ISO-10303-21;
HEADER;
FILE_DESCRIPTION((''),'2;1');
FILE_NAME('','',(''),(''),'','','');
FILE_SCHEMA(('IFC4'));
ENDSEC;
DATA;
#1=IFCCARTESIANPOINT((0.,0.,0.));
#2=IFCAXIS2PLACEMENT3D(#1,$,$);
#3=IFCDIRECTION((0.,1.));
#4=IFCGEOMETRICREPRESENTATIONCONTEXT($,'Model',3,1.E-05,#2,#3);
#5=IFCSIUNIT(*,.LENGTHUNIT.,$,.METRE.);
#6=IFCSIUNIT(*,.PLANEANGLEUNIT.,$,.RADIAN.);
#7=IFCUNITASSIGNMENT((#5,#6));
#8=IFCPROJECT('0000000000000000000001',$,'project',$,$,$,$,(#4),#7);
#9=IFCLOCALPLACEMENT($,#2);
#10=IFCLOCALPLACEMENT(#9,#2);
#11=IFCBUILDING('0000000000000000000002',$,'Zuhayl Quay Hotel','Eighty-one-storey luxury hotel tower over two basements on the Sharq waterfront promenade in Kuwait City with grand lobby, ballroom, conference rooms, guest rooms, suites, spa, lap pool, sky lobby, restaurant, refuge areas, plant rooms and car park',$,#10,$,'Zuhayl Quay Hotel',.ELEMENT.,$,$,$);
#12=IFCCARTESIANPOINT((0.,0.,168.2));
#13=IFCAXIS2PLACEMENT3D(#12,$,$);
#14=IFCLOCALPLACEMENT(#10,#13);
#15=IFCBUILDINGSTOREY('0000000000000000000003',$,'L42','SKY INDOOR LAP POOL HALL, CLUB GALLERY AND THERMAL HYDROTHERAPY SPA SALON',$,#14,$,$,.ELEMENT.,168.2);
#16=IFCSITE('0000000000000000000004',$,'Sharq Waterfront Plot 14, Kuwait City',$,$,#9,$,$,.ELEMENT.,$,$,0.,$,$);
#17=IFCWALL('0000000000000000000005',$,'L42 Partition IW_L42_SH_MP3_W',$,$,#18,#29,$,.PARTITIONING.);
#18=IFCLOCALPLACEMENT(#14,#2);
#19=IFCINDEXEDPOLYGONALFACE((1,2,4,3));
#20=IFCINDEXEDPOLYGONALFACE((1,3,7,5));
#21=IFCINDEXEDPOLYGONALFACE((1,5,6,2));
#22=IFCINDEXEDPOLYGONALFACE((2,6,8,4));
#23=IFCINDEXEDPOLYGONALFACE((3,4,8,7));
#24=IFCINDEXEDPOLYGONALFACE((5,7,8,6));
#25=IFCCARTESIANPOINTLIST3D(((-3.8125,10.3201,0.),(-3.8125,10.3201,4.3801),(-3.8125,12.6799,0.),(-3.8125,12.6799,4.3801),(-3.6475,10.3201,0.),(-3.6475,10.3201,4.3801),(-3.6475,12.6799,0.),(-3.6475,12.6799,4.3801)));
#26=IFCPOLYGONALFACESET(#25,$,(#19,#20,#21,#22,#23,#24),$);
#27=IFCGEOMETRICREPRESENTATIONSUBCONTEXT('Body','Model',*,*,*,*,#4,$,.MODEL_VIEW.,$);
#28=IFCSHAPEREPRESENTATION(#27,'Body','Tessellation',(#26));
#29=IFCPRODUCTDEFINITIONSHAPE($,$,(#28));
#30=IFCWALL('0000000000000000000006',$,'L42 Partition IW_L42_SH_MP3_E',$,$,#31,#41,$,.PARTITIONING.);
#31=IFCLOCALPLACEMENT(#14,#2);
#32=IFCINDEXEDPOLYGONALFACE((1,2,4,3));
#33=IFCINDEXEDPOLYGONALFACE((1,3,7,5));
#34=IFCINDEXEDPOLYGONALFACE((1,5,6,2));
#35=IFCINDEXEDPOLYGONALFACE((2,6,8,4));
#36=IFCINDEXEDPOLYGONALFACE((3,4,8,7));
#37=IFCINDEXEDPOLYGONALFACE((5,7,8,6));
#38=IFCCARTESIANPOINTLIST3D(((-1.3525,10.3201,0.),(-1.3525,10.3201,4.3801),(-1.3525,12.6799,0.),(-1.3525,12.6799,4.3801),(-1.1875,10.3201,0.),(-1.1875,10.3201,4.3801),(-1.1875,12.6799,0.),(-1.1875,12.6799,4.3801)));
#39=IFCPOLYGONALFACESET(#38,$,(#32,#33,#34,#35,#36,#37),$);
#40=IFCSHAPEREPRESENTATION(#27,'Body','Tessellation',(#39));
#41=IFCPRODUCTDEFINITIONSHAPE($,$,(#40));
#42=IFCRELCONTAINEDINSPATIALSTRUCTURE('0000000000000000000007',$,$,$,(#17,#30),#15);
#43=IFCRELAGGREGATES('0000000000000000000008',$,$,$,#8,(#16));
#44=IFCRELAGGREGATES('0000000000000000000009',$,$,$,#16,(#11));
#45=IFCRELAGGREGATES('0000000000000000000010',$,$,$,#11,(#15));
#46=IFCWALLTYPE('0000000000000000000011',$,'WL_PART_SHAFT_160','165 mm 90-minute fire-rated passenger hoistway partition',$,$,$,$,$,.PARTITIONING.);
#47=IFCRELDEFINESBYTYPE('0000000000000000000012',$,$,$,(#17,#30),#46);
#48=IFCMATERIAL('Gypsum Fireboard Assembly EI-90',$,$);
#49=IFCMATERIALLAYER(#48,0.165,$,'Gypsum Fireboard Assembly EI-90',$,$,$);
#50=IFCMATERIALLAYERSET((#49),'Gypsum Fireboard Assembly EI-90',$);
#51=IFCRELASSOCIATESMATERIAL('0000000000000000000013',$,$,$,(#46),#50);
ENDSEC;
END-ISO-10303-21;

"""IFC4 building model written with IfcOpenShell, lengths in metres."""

from ifc_helpers import new_model, si_unit, direction, frame, frame_2d, origin, place, context, subcontext, project, spatial, rectangle, extrude, material, layer, layer_set, type_object, element, save


model = new_model("IFC4")

# Units and contexts
model_context = context("Model", 3, precision=1e-05, world=origin(), true_north=direction((0.0, 1.0)))
body_context = subcontext(model_context, "Body", "Model", "MODEL_VIEW")
ifc_project = project(units=[si_unit("LENGTHUNIT", "METRE"), si_unit("PLANEANGLEUNIT", "RADIAN")], contexts=[model_context])

# Site, building, storey
site_placement = place(None, origin())
site = spatial("IfcSite", under=ifc_project, at=site_placement, Name="Sharq Waterfront Plot 14, Kuwait City", CompositionType="ELEMENT", RefElevation=0.0)
building_placement = place(site_placement, origin())
building = spatial("IfcBuilding", under=site, at=building_placement, Name="Zuhayl Quay Hotel", Description="Eighty-one-storey luxury hotel tower over two basements on the Sharq waterfront promenade in Kuwait City with grand lobby, ballroom, conference rooms, guest rooms, suites, spa, lap pool, sky lobby, restaurant, refuge areas, plant rooms and car park", LongName="Zuhayl Quay Hotel", CompositionType="ELEMENT")
storey_placement = place(building_placement, frame((0.0, 0.0, 168.2)))
storey = spatial("IfcBuildingStorey", under=building, at=storey_placement, Name="L42", Description="SKY INDOOR LAP POOL HALL, CLUB GALLERY AND THERMAL HYDROTHERAPY SPA SALON", CompositionType="ELEMENT", Elevation=168.2)

# Shared definitions
ifc_material_1 = material(Name="Gypsum Fireboard Assembly EI-90")
ifc_layer_1 = layer(ifc_material_1, 0.165, Name="Gypsum Fireboard Assembly EI-90")
ifc_layer_set_1 = layer_set([ifc_layer_1], Name="Gypsum Fireboard Assembly EI-90")
wall_type_1 = type_object("IfcWallType", Name="WL_PART_SHAFT_160", Description="165 mm 90-minute fire-rated passenger hoistway partition", PredefinedType="PARTITIONING", material=ifc_layer_set_1)

# Walls
for number, where, z_axis, x_axis, name in (
    (1, (-3.73, 10.3201, 0.0), (0.0, 0.0, 1.0), (0.0, 1.0, 0.0), "L42 Partition IW_L42_SH_MP3_W"),
    (2, (-1.27, 10.3201, 0.0), (0.0, 0.0, 1.0), (0.0, 1.0, 0.0), "L42 Partition IW_L42_SH_MP3_E"),
):
    element("IfcWall", number, at=place(storey_placement, frame(where, z_axis=z_axis, x_axis=x_axis)), inside=storey, type_object=wall_type_1, Name=name, PredefinedType="PARTITIONING", context=body_context, shape_type="SweptSolid", body=[
        extrude(rectangle(XDim=2.3599, YDim=0.165, at=frame_2d((1.1799, 0.0))), origin(), (0.0, 0.0, 1.0), 4.3801),
    ])

save(model, "model.ifc")
